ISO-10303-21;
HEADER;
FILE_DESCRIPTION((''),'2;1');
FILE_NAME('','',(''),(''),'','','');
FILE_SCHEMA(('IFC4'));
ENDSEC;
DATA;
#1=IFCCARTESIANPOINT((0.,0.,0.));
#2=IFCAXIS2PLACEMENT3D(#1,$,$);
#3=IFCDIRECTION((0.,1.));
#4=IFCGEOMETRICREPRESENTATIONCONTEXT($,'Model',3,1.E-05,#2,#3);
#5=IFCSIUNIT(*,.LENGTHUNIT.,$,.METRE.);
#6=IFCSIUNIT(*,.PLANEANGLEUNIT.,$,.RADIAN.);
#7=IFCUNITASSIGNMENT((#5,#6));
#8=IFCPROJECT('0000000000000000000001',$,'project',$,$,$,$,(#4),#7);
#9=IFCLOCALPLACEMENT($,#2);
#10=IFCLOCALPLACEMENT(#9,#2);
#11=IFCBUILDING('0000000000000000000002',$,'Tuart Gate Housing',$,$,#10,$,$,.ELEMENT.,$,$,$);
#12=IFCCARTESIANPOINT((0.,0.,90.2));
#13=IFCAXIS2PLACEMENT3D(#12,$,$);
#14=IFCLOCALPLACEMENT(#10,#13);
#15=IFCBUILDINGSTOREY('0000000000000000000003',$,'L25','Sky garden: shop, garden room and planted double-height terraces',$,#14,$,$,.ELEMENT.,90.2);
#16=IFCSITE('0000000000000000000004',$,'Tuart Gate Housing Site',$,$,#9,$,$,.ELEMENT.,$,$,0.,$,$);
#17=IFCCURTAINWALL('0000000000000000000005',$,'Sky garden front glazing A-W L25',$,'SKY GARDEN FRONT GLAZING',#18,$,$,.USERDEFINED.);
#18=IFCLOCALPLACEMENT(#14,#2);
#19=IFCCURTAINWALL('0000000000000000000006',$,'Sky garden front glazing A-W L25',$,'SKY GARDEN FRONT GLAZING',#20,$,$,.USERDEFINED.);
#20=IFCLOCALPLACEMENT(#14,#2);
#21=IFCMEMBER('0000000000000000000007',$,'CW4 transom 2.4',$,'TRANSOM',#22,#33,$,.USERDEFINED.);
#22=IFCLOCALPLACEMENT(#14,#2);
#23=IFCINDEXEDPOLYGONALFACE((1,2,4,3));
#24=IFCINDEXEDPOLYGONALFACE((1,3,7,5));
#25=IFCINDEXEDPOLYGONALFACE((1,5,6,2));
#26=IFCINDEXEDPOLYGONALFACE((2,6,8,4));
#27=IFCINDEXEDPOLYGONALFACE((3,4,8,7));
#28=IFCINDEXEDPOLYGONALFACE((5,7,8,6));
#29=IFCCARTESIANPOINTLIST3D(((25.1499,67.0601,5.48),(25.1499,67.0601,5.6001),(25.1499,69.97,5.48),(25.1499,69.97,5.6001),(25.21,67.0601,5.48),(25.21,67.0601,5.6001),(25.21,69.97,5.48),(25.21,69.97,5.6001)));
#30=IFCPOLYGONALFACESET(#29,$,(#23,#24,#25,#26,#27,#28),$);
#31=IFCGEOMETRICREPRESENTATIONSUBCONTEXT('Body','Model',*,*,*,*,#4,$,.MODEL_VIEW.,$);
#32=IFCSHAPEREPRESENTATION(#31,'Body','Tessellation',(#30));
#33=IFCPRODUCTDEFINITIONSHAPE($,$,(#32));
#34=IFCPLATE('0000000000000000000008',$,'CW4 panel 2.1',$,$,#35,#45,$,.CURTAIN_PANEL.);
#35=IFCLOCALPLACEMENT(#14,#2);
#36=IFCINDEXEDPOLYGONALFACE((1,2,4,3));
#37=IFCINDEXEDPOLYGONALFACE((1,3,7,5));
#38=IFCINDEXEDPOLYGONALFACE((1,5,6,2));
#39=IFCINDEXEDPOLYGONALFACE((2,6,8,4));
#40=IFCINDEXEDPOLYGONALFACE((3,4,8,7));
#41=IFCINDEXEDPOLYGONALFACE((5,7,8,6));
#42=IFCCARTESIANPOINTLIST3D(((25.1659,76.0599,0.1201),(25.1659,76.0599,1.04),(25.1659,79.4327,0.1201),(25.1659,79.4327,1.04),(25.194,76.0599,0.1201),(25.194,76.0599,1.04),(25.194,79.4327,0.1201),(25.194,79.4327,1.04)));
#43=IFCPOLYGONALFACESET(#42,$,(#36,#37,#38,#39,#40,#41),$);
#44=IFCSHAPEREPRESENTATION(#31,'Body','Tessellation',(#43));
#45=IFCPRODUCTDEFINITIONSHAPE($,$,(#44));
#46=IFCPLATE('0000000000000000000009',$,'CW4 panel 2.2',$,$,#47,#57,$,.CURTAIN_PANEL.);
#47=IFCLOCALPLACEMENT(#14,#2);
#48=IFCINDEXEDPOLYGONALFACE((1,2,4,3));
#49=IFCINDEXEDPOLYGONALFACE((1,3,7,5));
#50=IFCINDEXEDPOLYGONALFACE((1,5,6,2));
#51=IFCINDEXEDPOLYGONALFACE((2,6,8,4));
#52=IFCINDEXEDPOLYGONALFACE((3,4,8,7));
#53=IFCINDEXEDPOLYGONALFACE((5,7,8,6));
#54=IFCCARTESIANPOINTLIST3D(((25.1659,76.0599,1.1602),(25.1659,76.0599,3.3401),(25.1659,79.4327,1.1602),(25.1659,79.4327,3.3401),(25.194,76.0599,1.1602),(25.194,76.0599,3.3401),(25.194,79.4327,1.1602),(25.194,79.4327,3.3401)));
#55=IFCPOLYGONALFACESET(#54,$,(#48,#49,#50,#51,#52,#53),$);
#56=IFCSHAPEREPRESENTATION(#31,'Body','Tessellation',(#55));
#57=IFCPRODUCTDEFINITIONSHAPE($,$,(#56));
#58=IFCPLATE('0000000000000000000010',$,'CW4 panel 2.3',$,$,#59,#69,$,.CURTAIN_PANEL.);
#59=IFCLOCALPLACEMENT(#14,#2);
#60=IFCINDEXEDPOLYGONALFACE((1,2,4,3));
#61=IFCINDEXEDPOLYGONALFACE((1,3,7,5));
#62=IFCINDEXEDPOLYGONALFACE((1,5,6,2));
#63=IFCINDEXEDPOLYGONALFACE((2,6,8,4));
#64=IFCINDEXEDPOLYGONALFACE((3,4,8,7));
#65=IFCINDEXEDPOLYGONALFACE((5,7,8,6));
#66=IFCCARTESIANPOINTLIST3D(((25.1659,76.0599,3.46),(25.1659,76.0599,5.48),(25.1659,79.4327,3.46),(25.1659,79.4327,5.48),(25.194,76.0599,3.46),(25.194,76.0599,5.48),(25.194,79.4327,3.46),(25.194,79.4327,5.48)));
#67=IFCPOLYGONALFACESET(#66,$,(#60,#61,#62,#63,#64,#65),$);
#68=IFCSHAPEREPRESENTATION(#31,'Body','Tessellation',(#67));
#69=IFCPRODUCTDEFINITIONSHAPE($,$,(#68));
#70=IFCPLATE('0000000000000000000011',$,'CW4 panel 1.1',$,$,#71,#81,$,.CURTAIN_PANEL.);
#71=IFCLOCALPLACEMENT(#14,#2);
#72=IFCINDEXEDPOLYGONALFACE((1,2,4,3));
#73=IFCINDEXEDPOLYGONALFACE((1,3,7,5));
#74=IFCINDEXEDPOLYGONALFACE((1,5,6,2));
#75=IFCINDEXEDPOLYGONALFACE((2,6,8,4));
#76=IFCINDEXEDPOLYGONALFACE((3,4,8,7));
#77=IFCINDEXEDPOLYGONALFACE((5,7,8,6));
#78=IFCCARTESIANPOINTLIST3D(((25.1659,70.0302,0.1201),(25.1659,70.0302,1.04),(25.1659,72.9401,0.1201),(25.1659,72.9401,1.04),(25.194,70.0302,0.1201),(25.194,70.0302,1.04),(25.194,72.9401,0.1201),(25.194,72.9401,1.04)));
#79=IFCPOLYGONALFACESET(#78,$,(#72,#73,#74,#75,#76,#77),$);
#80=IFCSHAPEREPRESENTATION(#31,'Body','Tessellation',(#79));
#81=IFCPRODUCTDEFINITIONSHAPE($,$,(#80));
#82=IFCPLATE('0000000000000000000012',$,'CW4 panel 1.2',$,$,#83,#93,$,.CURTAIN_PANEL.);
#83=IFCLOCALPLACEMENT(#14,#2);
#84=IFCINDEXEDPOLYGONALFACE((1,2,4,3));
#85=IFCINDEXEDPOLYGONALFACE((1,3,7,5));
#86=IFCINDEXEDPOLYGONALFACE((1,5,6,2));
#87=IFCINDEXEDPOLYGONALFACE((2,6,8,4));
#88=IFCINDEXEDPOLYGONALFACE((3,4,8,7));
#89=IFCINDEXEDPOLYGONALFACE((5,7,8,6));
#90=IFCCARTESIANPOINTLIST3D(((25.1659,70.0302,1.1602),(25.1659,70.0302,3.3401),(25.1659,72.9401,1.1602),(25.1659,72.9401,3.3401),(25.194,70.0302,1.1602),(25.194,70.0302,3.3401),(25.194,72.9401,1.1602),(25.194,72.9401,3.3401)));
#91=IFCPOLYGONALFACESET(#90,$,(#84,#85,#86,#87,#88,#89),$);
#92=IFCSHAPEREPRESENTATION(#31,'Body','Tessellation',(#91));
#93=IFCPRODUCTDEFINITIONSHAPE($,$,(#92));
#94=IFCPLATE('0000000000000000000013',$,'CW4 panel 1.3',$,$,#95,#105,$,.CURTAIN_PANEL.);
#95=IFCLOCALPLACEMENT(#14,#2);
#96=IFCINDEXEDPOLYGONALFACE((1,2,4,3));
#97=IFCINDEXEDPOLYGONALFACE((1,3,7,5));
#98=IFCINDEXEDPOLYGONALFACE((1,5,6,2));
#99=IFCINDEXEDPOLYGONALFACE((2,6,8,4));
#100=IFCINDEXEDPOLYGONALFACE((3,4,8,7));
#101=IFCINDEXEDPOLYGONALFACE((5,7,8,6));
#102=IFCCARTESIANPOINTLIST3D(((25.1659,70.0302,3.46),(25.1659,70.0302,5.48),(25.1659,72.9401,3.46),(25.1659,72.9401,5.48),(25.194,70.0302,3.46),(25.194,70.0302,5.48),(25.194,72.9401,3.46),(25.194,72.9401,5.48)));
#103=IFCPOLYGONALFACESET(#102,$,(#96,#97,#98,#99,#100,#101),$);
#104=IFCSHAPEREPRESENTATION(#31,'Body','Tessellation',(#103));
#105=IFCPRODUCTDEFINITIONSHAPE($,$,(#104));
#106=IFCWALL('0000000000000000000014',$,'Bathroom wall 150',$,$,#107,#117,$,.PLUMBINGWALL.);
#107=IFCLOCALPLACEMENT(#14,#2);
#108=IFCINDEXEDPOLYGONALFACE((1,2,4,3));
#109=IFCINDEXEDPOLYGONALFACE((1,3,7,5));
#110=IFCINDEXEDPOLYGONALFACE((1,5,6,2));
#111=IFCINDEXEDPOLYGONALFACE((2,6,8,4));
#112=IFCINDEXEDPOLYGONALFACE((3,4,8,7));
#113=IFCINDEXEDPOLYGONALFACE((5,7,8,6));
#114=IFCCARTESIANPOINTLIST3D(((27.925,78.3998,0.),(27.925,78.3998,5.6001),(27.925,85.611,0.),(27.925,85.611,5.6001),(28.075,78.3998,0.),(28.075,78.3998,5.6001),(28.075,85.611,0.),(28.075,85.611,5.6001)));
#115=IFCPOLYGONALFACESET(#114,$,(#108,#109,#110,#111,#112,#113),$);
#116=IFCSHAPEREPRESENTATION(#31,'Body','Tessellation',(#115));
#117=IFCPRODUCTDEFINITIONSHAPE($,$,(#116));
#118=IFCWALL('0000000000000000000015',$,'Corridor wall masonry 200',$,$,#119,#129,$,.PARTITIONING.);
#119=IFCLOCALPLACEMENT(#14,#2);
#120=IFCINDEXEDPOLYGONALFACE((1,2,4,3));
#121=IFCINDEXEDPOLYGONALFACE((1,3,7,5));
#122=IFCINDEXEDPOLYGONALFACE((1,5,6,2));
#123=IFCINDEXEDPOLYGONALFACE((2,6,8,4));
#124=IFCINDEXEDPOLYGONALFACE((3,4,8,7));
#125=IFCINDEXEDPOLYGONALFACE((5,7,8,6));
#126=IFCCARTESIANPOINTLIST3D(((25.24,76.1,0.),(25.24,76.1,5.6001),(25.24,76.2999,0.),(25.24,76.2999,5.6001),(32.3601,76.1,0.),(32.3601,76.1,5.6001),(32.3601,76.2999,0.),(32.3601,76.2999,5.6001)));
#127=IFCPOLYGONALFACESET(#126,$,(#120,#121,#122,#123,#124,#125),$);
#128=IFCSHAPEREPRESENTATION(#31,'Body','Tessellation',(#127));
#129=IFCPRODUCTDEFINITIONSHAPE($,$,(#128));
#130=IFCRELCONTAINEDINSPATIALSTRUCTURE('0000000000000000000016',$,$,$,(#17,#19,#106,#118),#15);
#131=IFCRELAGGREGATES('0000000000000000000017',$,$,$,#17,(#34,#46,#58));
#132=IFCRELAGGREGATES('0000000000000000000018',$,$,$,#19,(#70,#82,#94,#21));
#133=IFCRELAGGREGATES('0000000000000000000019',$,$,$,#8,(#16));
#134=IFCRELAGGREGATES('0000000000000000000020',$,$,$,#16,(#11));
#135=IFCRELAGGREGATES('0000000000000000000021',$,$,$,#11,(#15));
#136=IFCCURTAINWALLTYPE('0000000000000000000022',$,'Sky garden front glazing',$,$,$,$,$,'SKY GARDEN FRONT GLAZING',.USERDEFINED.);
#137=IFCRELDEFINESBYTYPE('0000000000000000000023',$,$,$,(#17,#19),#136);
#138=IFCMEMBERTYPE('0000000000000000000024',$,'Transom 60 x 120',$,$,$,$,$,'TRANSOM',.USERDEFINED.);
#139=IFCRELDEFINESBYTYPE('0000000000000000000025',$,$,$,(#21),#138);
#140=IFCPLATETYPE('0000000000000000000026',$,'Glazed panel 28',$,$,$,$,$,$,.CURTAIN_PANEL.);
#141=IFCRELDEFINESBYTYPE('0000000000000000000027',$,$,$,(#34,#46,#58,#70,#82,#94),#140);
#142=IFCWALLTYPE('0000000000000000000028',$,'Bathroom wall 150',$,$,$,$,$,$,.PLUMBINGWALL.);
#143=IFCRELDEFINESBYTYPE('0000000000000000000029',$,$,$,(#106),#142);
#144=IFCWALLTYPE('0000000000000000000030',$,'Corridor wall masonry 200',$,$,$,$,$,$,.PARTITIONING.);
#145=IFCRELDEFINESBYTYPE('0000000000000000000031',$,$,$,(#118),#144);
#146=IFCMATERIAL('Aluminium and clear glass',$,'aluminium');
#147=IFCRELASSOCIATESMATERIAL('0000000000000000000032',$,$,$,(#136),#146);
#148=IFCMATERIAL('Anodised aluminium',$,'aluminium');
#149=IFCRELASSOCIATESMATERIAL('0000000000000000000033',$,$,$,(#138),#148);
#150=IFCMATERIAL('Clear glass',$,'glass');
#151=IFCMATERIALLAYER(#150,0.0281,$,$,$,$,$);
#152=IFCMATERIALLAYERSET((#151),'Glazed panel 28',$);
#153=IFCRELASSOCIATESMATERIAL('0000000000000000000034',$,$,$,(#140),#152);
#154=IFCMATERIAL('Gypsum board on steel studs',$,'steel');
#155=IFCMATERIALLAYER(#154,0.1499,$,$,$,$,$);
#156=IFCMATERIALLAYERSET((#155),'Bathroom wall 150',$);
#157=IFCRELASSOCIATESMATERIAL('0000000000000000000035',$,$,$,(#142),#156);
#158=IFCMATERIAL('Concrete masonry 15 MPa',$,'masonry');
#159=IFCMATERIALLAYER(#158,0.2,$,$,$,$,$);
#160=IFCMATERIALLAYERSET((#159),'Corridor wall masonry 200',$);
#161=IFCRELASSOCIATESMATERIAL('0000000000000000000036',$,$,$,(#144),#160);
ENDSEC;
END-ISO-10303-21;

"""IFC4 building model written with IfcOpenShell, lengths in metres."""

from ifc_helpers import new_model, si_unit, direction, frame, frame_2d, origin, origin_2d, place, context, subcontext, project, spatial, rectangle, extrude, material, layer, layer_set, material_profile, profile_set, type_object, element, aggregate, save


model = new_model("IFC4")

# Units and contexts
model_context = context("Model", 3, precision=1e-05, world=origin(), true_north=direction((0.0, 1.0)))
body_context = subcontext(model_context, "Body", "Model", "MODEL_VIEW")
ifc_project = project(units=[si_unit("LENGTHUNIT", "METRE"), si_unit("PLANEANGLEUNIT", "RADIAN")], contexts=[model_context])

# Site, building, storey
site_placement = place(None, origin())
site = spatial("IfcSite", under=ifc_project, at=site_placement, Name="Tuart Gate Housing Site", CompositionType="ELEMENT", RefElevation=0.0)
building_placement = place(site_placement, origin())
building = spatial("IfcBuilding", under=site, at=building_placement, Name="Tuart Gate Housing", CompositionType="ELEMENT")
storey_placement = place(building_placement, frame((0.0, 0.0, 90.2)))
storey = spatial("IfcBuildingStorey", under=building, at=storey_placement, Name="L25", Description="Sky garden: shop, garden room and planted double-height terraces", CompositionType="ELEMENT", Elevation=90.2)

# Curtain wall
ifc_material_1 = material(Name="Aluminium and clear glass", Category="aluminium")
curtain_wall_type = type_object("IfcCurtainWallType", Name="Sky garden front glazing", ElementType="SKY GARDEN FRONT GLAZING", PredefinedType="USERDEFINED", material=ifc_material_1)
curtain_wall_1_placement = place(storey_placement, origin())
curtain_wall_1 = element("IfcCurtainWall", 1, at=curtain_wall_1_placement, inside=storey, type_object=curtain_wall_type, Name="Sky garden front glazing A-W L25", ObjectType="SKY GARDEN FRONT GLAZING", PredefinedType="USERDEFINED")

# Curtain wall
curtain_wall_2_placement = place(storey_placement, origin())
curtain_wall_2 = element("IfcCurtainWall", 2, at=curtain_wall_2_placement, inside=storey, type_object=curtain_wall_type, Name="Sky garden front glazing A-W L25", ObjectType="SKY GARDEN FRONT GLAZING", PredefinedType="USERDEFINED")

# Member
ifc_material_2 = material(Name="Anodised aluminium", Category="aluminium")
ifc_material_profile_1 = material_profile(ifc_material_2, rectangle(XDim=0.0601, YDim=0.1201, at=origin_2d()), Name="60x120")
ifc_profile_set_1 = profile_set([ifc_material_profile_1], Name="Anodised aluminium")
member_type_1 = type_object("IfcMemberType", Name="Transom 60 x 120", ElementType="TRANSOM", PredefinedType="USERDEFINED", material=ifc_profile_set_1)
member_1_placement = place(storey_placement, frame((25.1799, 69.97, 5.54), z_axis=(0.0, -1.0, 0.0), x_axis=(1.0, 0.0, 0.0)))
member_1 = element("IfcMember", 3, at=member_1_placement, type_object=member_type_1, Name="CW4 transom 2.4", ObjectType="TRANSOM", PredefinedType="USERDEFINED", context=body_context, shape_type="SweptSolid", body=[
    extrude(rectangle(XDim=0.0601, YDim=0.1201, at=origin_2d()), origin(), (0.0, 0.0, 1.0), 2.9099),
])

# Plates
ifc_material_3 = material(Name="Clear glass", Category="glass")
ifc_layer_1 = layer(ifc_material_3, 0.0281)
ifc_layer_set_1 = layer_set([ifc_layer_1], Name="Glazed panel 28")
plate_type = type_object("IfcPlateType", Name="Glazed panel 28", PredefinedType="CURTAIN_PANEL", material=ifc_layer_set_1)
plate_1_placement = place(storey_placement, frame((25.1799, 77.7463, 0.1201), z_axis=(0.0, 0.0, 1.0), x_axis=(0.0, -1.0, 0.0)))
plate_1 = element("IfcPlate", 4, at=plate_1_placement, type_object=plate_type, Name="CW4 panel 2.1", PredefinedType="CURTAIN_PANEL", context=body_context, shape_type="SweptSolid", body=[
    extrude(rectangle(XDim=3.3728, YDim=0.0281, at=origin_2d()), origin(), (0.0, 0.0, 1.0), 0.9199),
])
plate_2_placement = place(storey_placement, frame((25.1799, 77.7463, 1.1602), z_axis=(0.0, 0.0, 1.0), x_axis=(0.0, -1.0, 0.0)))
plate_2 = element("IfcPlate", 5, at=plate_2_placement, type_object=plate_type, Name="CW4 panel 2.2", PredefinedType="CURTAIN_PANEL", context=body_context, shape_type="SweptSolid", body=[
    extrude(rectangle(XDim=3.3728, YDim=0.0281, at=origin_2d()), origin(), (0.0, 0.0, 1.0), 2.1799),
])
plate_3_placement = place(storey_placement, frame((25.1799, 77.7463, 3.46), z_axis=(0.0, 0.0, 1.0), x_axis=(0.0, -1.0, 0.0)))
plate_3 = element("IfcPlate", 6, at=plate_3_placement, type_object=plate_type, Name="CW4 panel 2.3", PredefinedType="CURTAIN_PANEL", context=body_context, shape_type="SweptSolid", body=[
    extrude(rectangle(XDim=3.3728, YDim=0.0281, at=origin_2d()), origin(), (0.0, 0.0, 1.0), 2.02),
])
aggregate(curtain_wall_1, [plate_1, plate_2, plate_3])
plate_4_placement = place(storey_placement, frame((25.1799, 71.4851, 0.1201), z_axis=(0.0, 0.0, 1.0), x_axis=(0.0, -1.0, 0.0)))
plate_4 = element("IfcPlate", 7, at=plate_4_placement, type_object=plate_type, Name="CW4 panel 1.1", PredefinedType="CURTAIN_PANEL", context=body_context, shape_type="SweptSolid", body=[
    extrude(rectangle(XDim=2.9099, YDim=0.0281, at=origin_2d()), origin(), (0.0, 0.0, 1.0), 0.9199),
])
plate_5_placement = place(storey_placement, frame((25.1799, 71.4851, 1.1602), z_axis=(0.0, 0.0, 1.0), x_axis=(0.0, -1.0, 0.0)))
plate_5 = element("IfcPlate", 8, at=plate_5_placement, type_object=plate_type, Name="CW4 panel 1.2", PredefinedType="CURTAIN_PANEL", context=body_context, shape_type="SweptSolid", body=[
    extrude(rectangle(XDim=2.9099, YDim=0.0281, at=origin_2d()), origin(), (0.0, 0.0, 1.0), 2.1799),
])
plate_6_placement = place(storey_placement, frame((25.1799, 71.4851, 3.46), z_axis=(0.0, 0.0, 1.0), x_axis=(0.0, -1.0, 0.0)))
plate_6 = element("IfcPlate", 9, at=plate_6_placement, type_object=plate_type, Name="CW4 panel 1.3", PredefinedType="CURTAIN_PANEL", context=body_context, shape_type="SweptSolid", body=[
    extrude(rectangle(XDim=2.9099, YDim=0.0281, at=origin_2d()), origin(), (0.0, 0.0, 1.0), 2.02),
])
aggregate(curtain_wall_2, [plate_4, plate_5, plate_6, member_1])

# Wall
ifc_material_4 = material(Name="Gypsum board on steel studs", Category="steel")
ifc_layer_2 = layer(ifc_material_4, 0.1499)
ifc_layer_set_2 = layer_set([ifc_layer_2], Name="Bathroom wall 150")
wall_type_1 = type_object("IfcWallType", Name="Bathroom wall 150", PredefinedType="PLUMBINGWALL", material=ifc_layer_set_2)
wall_1_placement = place(storey_placement, frame((28.0, 78.3999, 0.0), z_axis=(0.0, 0.0, 1.0), x_axis=(0.0, 1.0, 0.0)))
element("IfcWall", 10, at=wall_1_placement, inside=storey, type_object=wall_type_1, Name="Bathroom wall 150", PredefinedType="PLUMBINGWALL", context=body_context, shape_type="SweptSolid", body=[
    extrude(rectangle(XDim=7.2112, YDim=0.1499, at=frame_2d((3.6055, 0.0))), origin(), (0.0, 0.0, 1.0), 5.6001),
])

# Wall
ifc_material_5 = material(Name="Concrete masonry 15 MPa", Category="masonry")
ifc_layer_3 = layer(ifc_material_5, 0.2)
ifc_layer_set_3 = layer_set([ifc_layer_3], Name="Corridor wall masonry 200")
wall_type_2 = type_object("IfcWallType", Name="Corridor wall masonry 200", PredefinedType="PARTITIONING", material=ifc_layer_set_3)
wall_2_placement = place(storey_placement, frame((25.24, 76.2, 0.0), z_axis=(0.0, 0.0, 1.0), x_axis=(1.0, 0.0, 0.0)))
element("IfcWall", 11, at=wall_2_placement, inside=storey, type_object=wall_type_2, Name="Corridor wall masonry 200", PredefinedType="PARTITIONING", context=body_context, shape_type="SweptSolid", body=[
    extrude(rectangle(XDim=7.1201, YDim=0.2, at=frame_2d((3.5601, 0.0))), origin(), (0.0, 0.0, 1.0), 5.6001),
])

save(model, "model.ifc")
